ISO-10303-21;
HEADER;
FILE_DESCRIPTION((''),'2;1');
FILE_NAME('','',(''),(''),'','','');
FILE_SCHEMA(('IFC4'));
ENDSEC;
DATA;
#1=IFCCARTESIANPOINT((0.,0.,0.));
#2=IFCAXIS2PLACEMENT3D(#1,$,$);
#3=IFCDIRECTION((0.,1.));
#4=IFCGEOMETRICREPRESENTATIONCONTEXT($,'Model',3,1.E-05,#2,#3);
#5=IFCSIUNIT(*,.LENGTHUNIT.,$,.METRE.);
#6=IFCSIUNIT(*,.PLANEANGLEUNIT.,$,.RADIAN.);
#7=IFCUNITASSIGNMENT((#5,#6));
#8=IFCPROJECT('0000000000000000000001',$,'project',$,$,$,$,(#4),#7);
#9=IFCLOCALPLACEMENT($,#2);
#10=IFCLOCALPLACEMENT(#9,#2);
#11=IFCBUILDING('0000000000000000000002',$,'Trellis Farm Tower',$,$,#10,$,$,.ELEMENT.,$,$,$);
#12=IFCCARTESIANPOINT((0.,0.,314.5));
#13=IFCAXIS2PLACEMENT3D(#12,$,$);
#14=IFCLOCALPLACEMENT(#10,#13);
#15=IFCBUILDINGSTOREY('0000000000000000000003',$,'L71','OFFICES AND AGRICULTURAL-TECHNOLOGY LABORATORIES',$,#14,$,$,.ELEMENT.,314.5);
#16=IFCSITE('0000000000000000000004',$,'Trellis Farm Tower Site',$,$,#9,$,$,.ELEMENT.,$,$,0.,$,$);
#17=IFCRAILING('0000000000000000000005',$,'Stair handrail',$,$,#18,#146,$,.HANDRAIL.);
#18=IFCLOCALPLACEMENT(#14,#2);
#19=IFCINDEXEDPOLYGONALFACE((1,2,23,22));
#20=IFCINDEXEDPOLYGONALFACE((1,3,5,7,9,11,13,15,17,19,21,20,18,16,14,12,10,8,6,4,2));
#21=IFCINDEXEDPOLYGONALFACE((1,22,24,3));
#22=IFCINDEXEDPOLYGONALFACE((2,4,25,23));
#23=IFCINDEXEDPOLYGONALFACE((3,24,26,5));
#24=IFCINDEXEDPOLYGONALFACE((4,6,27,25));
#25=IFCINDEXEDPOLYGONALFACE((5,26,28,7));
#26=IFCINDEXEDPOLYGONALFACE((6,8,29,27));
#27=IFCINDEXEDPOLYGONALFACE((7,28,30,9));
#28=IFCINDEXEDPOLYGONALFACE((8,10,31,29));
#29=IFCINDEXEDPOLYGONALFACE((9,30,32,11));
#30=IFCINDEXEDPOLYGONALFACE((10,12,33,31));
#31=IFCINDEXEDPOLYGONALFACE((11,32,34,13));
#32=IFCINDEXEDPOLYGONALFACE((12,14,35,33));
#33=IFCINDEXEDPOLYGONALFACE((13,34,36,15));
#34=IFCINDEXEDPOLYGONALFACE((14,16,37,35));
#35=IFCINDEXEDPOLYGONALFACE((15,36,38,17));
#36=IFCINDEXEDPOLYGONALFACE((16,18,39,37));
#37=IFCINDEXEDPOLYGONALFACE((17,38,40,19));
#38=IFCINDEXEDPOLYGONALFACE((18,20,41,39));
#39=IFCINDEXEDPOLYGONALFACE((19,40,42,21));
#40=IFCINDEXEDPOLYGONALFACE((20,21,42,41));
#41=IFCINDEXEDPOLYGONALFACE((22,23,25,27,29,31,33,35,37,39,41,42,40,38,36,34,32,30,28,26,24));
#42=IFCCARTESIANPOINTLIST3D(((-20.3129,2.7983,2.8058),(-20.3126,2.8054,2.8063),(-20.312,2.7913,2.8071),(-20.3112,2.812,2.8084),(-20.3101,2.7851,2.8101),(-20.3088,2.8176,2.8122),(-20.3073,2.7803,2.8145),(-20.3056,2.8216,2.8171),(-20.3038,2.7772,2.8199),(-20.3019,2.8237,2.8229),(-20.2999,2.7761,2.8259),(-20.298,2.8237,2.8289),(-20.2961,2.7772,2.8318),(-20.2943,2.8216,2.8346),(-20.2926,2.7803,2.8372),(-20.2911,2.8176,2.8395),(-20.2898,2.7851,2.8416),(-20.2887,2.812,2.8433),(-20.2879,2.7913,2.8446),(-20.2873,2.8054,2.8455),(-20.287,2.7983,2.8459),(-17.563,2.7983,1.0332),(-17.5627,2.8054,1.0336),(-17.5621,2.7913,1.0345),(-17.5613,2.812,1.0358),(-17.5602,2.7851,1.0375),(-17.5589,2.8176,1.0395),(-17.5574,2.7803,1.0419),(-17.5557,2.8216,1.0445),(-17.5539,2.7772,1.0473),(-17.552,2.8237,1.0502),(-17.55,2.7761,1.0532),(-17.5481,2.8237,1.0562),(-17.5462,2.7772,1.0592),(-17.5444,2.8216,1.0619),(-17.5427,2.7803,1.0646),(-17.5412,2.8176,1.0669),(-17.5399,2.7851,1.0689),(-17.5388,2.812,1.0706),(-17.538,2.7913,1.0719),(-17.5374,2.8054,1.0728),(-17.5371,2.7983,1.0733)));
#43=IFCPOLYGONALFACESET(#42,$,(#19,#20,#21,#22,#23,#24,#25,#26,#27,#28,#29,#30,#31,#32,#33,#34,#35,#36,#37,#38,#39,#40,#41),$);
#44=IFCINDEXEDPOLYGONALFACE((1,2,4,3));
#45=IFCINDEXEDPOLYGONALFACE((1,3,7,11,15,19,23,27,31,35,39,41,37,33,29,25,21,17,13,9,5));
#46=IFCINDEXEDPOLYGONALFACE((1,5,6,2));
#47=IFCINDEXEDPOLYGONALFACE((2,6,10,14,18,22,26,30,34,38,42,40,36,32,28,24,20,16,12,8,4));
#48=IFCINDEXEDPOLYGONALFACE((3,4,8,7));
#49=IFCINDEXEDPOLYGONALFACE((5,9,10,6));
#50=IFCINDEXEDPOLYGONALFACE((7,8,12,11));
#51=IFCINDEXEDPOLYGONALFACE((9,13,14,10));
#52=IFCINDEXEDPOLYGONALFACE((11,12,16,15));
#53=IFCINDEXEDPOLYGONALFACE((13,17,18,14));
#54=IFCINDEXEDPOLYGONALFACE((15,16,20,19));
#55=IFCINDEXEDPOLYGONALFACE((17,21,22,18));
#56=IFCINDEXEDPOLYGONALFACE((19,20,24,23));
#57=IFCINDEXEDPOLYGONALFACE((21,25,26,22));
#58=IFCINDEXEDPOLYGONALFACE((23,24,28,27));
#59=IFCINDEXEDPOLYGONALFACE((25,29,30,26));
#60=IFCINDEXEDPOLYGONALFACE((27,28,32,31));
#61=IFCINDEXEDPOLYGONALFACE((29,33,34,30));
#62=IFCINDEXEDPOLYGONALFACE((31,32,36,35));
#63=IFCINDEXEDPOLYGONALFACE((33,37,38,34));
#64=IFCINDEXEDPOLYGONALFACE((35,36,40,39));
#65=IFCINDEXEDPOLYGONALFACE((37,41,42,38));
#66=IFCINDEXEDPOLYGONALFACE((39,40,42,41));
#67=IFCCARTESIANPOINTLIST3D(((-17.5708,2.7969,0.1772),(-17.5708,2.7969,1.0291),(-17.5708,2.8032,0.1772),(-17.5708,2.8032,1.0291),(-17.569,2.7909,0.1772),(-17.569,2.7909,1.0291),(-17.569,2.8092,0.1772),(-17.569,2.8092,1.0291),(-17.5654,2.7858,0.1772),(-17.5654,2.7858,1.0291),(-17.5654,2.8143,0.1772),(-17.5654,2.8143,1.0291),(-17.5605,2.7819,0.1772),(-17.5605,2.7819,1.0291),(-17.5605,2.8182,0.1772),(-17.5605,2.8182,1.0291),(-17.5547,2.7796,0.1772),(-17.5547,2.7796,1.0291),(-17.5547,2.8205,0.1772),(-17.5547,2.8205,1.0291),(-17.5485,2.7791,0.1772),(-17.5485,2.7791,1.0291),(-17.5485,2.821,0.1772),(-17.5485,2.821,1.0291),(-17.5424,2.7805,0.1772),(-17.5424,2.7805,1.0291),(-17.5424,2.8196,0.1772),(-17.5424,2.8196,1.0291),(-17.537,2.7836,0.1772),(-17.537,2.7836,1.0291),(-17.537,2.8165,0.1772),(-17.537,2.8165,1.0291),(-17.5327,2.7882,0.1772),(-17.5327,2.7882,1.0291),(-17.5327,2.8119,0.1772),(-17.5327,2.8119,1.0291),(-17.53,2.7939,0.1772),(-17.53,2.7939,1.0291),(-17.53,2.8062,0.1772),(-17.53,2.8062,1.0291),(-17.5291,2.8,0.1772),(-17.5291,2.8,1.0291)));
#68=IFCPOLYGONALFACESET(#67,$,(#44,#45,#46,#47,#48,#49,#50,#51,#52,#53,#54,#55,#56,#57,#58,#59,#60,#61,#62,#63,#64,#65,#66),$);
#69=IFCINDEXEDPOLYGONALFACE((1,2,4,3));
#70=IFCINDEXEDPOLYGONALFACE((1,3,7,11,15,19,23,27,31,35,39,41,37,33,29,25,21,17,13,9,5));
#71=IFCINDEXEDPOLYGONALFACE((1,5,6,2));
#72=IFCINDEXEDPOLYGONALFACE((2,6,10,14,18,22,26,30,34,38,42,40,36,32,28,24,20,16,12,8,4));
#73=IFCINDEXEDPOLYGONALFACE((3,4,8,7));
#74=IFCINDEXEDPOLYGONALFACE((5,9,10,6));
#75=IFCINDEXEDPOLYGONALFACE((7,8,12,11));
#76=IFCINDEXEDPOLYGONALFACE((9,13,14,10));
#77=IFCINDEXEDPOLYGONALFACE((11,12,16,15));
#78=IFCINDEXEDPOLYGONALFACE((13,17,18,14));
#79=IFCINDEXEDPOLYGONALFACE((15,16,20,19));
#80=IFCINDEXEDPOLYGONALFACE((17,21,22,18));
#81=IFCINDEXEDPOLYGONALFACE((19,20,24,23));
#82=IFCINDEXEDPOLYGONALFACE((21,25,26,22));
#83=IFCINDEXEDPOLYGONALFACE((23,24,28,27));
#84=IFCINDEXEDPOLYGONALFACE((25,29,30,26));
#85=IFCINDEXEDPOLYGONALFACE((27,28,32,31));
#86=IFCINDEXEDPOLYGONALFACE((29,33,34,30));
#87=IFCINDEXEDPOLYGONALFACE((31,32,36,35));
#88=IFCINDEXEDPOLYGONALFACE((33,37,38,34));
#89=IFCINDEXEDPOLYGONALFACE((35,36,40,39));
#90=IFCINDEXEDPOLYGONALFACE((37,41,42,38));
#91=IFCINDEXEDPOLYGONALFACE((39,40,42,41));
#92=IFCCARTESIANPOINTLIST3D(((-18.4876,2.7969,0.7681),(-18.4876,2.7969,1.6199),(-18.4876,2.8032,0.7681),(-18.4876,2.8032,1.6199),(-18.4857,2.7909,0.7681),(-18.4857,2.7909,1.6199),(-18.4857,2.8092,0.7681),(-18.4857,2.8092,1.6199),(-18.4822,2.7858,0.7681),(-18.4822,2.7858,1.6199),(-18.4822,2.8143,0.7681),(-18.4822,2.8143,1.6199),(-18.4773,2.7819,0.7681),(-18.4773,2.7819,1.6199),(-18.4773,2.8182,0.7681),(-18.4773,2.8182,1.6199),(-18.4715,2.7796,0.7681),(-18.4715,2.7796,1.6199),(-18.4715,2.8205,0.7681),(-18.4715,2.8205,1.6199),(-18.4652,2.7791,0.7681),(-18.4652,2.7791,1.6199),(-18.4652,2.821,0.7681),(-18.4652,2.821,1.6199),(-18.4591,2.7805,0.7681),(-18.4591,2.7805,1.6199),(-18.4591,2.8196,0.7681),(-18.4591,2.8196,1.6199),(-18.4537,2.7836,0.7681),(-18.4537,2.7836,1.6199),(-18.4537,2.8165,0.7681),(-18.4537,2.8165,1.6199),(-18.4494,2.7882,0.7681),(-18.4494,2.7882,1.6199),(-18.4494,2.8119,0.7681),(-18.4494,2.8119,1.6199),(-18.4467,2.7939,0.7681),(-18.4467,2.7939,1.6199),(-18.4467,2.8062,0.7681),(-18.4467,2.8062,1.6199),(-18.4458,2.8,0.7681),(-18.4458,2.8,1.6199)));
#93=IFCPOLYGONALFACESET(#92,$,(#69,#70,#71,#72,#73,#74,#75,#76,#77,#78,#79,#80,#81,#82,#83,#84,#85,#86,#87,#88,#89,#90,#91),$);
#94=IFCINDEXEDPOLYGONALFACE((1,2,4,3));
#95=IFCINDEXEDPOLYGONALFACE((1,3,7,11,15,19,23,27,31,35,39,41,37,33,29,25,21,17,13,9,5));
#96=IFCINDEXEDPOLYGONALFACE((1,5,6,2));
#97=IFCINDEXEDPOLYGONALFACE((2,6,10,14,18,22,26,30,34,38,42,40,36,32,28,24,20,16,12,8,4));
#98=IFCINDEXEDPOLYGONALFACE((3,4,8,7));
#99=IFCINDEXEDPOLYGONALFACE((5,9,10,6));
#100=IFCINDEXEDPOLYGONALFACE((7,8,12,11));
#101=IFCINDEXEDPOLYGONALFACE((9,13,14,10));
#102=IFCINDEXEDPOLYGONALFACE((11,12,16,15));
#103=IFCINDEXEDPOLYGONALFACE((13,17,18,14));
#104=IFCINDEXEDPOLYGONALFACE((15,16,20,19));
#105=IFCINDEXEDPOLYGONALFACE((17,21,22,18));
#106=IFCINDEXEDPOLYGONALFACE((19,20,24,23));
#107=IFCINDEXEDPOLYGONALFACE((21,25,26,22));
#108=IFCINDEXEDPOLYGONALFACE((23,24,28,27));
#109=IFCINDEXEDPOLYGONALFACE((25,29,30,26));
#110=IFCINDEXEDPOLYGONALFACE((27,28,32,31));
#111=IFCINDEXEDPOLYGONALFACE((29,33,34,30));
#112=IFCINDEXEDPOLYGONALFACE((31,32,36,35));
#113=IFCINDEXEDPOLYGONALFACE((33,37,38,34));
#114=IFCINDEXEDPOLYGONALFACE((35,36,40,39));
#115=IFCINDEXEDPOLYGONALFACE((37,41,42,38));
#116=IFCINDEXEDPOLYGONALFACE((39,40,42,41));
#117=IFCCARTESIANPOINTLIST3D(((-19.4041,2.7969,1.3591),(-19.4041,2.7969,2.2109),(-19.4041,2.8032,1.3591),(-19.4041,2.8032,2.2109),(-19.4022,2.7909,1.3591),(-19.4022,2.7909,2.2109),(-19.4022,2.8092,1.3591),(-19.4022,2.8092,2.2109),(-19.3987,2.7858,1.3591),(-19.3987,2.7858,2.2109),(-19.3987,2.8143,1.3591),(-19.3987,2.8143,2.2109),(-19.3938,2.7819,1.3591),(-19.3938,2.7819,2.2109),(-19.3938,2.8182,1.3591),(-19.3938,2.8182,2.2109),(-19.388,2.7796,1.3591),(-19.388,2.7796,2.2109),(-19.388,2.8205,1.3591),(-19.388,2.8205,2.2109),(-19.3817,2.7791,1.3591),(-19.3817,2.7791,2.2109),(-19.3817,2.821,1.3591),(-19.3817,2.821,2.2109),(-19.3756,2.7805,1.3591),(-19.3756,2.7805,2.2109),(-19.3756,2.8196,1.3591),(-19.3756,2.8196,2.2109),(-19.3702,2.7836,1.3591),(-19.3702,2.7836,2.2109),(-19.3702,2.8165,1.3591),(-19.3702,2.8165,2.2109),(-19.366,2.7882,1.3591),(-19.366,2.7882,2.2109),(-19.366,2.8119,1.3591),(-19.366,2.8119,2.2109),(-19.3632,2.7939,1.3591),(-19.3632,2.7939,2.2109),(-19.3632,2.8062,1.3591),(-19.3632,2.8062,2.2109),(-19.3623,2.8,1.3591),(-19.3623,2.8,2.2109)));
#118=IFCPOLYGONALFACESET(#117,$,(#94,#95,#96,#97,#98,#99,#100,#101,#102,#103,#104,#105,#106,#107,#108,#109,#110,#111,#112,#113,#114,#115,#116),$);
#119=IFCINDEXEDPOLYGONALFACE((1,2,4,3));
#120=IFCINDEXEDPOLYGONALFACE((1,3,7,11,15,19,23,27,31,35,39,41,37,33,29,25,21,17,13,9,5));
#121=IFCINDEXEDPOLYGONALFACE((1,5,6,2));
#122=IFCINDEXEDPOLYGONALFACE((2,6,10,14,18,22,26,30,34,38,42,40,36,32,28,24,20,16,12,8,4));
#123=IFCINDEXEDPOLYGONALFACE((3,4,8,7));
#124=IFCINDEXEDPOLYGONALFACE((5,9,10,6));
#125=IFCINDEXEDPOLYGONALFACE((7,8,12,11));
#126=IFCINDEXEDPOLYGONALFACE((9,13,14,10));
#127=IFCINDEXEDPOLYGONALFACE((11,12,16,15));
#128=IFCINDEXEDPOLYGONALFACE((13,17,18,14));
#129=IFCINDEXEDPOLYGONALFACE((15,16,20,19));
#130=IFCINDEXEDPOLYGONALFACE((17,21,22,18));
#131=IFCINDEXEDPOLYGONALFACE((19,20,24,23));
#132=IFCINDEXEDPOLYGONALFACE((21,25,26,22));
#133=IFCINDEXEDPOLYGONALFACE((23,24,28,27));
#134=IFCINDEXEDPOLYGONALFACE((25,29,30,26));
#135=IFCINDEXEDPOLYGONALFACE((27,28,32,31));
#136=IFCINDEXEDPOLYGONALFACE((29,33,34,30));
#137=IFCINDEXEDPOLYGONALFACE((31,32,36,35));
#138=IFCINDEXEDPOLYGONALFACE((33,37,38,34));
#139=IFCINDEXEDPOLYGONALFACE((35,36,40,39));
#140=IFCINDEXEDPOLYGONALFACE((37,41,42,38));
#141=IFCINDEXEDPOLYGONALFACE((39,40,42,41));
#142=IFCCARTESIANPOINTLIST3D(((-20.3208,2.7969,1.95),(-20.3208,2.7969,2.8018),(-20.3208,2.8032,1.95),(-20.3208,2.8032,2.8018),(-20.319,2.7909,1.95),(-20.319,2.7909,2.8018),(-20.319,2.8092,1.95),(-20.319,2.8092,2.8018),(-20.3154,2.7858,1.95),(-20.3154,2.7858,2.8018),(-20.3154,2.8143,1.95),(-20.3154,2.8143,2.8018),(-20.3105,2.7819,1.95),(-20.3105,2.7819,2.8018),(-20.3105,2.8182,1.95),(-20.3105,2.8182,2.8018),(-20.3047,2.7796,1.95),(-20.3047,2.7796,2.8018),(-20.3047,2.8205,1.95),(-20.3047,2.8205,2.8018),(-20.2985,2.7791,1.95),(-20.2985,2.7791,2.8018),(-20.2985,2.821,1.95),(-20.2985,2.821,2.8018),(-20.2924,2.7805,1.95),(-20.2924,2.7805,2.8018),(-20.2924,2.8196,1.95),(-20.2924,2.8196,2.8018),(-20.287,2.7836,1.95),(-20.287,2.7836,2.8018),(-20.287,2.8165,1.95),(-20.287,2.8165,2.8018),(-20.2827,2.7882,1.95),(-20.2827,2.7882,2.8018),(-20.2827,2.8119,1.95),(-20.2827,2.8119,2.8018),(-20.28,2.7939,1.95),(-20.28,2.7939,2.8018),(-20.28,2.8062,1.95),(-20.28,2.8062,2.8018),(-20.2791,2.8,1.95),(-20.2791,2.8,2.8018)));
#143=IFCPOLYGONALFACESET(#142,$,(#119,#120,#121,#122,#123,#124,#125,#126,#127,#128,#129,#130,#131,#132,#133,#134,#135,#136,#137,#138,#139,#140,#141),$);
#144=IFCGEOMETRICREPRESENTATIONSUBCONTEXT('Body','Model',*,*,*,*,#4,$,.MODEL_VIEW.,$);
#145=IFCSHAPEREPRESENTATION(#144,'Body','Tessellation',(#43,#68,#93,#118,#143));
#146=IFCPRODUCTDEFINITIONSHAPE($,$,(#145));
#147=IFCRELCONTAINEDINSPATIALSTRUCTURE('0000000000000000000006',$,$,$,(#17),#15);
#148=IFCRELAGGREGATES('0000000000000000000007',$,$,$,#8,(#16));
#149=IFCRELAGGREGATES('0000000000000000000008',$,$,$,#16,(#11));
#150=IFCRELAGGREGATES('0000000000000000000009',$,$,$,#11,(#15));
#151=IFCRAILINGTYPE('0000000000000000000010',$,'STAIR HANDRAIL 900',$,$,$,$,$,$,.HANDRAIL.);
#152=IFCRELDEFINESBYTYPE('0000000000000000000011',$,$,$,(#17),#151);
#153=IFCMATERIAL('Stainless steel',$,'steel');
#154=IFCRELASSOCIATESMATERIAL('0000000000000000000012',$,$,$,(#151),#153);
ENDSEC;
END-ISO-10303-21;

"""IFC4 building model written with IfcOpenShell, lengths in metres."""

from ifc_helpers import new_model, si_unit, direction, frame, origin, origin_2d, place, context, subcontext, project, spatial, circle, extrude, source, transform, mapped, material, type_object, element, save


model = new_model("IFC4")

# Units and contexts
model_context = context("Model", 3, precision=1e-05, world=origin(), true_north=direction((0.0, 1.0)))
body_context = subcontext(model_context, "Body", "Model", "MODEL_VIEW")
ifc_project = project(units=[si_unit("LENGTHUNIT", "METRE"), si_unit("PLANEANGLEUNIT", "RADIAN")], contexts=[model_context])

# Site, building, storey
site_placement = place(None, origin())
site = spatial("IfcSite", under=ifc_project, at=site_placement, Name="Trellis Farm Tower Site", CompositionType="ELEMENT", RefElevation=0.0)
building_placement = place(site_placement, origin())
building = spatial("IfcBuilding", under=site, at=building_placement, Name="Trellis Farm Tower", CompositionType="ELEMENT")
storey_placement = place(building_placement, frame((0.0, 0.0, 314.5)))
storey = spatial("IfcBuildingStorey", under=building, at=storey_placement, Name="L71", Description="OFFICES AND AGRICULTURAL-TECHNOLOGY LABORATORIES", CompositionType="ELEMENT", Elevation=314.5)

# Railing
ifc_material_1 = material(Name="Stainless steel", Category="steel")
railing_type = type_object("IfcRailingType", Name="STAIR HANDRAIL 900", PredefinedType="HANDRAIL", material=ifc_material_1)
shared_shape_1 = source(origin(), body_context, "Body", "SweptSolid", [
    extrude(circle(Radius=0.0239, at=origin_2d()), frame((0.0, 0.0, 0.876), z_axis=(-0.840504, 0.0, 0.541806), x_axis=(0.0, -1.0, 0.0)), (0.0, 0.0, 1.0), 3.2717),
    extrude(circle(Radius=0.021, at=origin_2d()), origin(), (0.0, 0.0, 1.0), 0.8518),
    extrude(circle(Radius=0.021, at=origin_2d()), frame((-0.9167, 0.0, 0.5908)), (0.0, 0.0, 1.0), 0.8518),
    extrude(circle(Radius=0.021, at=origin_2d()), frame((-1.8333, 0.0, 1.1819)), (0.0, 0.0, 1.0), 0.8518),
    extrude(circle(Radius=0.021, at=origin_2d()), frame((-2.75, 0.0, 1.7727)), (0.0, 0.0, 1.0), 0.8518),
])
for number, where, name in (
    (1, (-17.55, 2.8, 0.1772), "Stair handrail"),
):
    element("IfcRailing", number, at=place(storey_placement, frame(where)), inside=storey, type_object=railing_type, Name=name, PredefinedType="HANDRAIL", context=body_context, shape_type="MappedRepresentation", body=[
        mapped(shared_shape_1, transform((0.0, 0.0, 0.0))),
    ])

save(model, "model.ifc")
